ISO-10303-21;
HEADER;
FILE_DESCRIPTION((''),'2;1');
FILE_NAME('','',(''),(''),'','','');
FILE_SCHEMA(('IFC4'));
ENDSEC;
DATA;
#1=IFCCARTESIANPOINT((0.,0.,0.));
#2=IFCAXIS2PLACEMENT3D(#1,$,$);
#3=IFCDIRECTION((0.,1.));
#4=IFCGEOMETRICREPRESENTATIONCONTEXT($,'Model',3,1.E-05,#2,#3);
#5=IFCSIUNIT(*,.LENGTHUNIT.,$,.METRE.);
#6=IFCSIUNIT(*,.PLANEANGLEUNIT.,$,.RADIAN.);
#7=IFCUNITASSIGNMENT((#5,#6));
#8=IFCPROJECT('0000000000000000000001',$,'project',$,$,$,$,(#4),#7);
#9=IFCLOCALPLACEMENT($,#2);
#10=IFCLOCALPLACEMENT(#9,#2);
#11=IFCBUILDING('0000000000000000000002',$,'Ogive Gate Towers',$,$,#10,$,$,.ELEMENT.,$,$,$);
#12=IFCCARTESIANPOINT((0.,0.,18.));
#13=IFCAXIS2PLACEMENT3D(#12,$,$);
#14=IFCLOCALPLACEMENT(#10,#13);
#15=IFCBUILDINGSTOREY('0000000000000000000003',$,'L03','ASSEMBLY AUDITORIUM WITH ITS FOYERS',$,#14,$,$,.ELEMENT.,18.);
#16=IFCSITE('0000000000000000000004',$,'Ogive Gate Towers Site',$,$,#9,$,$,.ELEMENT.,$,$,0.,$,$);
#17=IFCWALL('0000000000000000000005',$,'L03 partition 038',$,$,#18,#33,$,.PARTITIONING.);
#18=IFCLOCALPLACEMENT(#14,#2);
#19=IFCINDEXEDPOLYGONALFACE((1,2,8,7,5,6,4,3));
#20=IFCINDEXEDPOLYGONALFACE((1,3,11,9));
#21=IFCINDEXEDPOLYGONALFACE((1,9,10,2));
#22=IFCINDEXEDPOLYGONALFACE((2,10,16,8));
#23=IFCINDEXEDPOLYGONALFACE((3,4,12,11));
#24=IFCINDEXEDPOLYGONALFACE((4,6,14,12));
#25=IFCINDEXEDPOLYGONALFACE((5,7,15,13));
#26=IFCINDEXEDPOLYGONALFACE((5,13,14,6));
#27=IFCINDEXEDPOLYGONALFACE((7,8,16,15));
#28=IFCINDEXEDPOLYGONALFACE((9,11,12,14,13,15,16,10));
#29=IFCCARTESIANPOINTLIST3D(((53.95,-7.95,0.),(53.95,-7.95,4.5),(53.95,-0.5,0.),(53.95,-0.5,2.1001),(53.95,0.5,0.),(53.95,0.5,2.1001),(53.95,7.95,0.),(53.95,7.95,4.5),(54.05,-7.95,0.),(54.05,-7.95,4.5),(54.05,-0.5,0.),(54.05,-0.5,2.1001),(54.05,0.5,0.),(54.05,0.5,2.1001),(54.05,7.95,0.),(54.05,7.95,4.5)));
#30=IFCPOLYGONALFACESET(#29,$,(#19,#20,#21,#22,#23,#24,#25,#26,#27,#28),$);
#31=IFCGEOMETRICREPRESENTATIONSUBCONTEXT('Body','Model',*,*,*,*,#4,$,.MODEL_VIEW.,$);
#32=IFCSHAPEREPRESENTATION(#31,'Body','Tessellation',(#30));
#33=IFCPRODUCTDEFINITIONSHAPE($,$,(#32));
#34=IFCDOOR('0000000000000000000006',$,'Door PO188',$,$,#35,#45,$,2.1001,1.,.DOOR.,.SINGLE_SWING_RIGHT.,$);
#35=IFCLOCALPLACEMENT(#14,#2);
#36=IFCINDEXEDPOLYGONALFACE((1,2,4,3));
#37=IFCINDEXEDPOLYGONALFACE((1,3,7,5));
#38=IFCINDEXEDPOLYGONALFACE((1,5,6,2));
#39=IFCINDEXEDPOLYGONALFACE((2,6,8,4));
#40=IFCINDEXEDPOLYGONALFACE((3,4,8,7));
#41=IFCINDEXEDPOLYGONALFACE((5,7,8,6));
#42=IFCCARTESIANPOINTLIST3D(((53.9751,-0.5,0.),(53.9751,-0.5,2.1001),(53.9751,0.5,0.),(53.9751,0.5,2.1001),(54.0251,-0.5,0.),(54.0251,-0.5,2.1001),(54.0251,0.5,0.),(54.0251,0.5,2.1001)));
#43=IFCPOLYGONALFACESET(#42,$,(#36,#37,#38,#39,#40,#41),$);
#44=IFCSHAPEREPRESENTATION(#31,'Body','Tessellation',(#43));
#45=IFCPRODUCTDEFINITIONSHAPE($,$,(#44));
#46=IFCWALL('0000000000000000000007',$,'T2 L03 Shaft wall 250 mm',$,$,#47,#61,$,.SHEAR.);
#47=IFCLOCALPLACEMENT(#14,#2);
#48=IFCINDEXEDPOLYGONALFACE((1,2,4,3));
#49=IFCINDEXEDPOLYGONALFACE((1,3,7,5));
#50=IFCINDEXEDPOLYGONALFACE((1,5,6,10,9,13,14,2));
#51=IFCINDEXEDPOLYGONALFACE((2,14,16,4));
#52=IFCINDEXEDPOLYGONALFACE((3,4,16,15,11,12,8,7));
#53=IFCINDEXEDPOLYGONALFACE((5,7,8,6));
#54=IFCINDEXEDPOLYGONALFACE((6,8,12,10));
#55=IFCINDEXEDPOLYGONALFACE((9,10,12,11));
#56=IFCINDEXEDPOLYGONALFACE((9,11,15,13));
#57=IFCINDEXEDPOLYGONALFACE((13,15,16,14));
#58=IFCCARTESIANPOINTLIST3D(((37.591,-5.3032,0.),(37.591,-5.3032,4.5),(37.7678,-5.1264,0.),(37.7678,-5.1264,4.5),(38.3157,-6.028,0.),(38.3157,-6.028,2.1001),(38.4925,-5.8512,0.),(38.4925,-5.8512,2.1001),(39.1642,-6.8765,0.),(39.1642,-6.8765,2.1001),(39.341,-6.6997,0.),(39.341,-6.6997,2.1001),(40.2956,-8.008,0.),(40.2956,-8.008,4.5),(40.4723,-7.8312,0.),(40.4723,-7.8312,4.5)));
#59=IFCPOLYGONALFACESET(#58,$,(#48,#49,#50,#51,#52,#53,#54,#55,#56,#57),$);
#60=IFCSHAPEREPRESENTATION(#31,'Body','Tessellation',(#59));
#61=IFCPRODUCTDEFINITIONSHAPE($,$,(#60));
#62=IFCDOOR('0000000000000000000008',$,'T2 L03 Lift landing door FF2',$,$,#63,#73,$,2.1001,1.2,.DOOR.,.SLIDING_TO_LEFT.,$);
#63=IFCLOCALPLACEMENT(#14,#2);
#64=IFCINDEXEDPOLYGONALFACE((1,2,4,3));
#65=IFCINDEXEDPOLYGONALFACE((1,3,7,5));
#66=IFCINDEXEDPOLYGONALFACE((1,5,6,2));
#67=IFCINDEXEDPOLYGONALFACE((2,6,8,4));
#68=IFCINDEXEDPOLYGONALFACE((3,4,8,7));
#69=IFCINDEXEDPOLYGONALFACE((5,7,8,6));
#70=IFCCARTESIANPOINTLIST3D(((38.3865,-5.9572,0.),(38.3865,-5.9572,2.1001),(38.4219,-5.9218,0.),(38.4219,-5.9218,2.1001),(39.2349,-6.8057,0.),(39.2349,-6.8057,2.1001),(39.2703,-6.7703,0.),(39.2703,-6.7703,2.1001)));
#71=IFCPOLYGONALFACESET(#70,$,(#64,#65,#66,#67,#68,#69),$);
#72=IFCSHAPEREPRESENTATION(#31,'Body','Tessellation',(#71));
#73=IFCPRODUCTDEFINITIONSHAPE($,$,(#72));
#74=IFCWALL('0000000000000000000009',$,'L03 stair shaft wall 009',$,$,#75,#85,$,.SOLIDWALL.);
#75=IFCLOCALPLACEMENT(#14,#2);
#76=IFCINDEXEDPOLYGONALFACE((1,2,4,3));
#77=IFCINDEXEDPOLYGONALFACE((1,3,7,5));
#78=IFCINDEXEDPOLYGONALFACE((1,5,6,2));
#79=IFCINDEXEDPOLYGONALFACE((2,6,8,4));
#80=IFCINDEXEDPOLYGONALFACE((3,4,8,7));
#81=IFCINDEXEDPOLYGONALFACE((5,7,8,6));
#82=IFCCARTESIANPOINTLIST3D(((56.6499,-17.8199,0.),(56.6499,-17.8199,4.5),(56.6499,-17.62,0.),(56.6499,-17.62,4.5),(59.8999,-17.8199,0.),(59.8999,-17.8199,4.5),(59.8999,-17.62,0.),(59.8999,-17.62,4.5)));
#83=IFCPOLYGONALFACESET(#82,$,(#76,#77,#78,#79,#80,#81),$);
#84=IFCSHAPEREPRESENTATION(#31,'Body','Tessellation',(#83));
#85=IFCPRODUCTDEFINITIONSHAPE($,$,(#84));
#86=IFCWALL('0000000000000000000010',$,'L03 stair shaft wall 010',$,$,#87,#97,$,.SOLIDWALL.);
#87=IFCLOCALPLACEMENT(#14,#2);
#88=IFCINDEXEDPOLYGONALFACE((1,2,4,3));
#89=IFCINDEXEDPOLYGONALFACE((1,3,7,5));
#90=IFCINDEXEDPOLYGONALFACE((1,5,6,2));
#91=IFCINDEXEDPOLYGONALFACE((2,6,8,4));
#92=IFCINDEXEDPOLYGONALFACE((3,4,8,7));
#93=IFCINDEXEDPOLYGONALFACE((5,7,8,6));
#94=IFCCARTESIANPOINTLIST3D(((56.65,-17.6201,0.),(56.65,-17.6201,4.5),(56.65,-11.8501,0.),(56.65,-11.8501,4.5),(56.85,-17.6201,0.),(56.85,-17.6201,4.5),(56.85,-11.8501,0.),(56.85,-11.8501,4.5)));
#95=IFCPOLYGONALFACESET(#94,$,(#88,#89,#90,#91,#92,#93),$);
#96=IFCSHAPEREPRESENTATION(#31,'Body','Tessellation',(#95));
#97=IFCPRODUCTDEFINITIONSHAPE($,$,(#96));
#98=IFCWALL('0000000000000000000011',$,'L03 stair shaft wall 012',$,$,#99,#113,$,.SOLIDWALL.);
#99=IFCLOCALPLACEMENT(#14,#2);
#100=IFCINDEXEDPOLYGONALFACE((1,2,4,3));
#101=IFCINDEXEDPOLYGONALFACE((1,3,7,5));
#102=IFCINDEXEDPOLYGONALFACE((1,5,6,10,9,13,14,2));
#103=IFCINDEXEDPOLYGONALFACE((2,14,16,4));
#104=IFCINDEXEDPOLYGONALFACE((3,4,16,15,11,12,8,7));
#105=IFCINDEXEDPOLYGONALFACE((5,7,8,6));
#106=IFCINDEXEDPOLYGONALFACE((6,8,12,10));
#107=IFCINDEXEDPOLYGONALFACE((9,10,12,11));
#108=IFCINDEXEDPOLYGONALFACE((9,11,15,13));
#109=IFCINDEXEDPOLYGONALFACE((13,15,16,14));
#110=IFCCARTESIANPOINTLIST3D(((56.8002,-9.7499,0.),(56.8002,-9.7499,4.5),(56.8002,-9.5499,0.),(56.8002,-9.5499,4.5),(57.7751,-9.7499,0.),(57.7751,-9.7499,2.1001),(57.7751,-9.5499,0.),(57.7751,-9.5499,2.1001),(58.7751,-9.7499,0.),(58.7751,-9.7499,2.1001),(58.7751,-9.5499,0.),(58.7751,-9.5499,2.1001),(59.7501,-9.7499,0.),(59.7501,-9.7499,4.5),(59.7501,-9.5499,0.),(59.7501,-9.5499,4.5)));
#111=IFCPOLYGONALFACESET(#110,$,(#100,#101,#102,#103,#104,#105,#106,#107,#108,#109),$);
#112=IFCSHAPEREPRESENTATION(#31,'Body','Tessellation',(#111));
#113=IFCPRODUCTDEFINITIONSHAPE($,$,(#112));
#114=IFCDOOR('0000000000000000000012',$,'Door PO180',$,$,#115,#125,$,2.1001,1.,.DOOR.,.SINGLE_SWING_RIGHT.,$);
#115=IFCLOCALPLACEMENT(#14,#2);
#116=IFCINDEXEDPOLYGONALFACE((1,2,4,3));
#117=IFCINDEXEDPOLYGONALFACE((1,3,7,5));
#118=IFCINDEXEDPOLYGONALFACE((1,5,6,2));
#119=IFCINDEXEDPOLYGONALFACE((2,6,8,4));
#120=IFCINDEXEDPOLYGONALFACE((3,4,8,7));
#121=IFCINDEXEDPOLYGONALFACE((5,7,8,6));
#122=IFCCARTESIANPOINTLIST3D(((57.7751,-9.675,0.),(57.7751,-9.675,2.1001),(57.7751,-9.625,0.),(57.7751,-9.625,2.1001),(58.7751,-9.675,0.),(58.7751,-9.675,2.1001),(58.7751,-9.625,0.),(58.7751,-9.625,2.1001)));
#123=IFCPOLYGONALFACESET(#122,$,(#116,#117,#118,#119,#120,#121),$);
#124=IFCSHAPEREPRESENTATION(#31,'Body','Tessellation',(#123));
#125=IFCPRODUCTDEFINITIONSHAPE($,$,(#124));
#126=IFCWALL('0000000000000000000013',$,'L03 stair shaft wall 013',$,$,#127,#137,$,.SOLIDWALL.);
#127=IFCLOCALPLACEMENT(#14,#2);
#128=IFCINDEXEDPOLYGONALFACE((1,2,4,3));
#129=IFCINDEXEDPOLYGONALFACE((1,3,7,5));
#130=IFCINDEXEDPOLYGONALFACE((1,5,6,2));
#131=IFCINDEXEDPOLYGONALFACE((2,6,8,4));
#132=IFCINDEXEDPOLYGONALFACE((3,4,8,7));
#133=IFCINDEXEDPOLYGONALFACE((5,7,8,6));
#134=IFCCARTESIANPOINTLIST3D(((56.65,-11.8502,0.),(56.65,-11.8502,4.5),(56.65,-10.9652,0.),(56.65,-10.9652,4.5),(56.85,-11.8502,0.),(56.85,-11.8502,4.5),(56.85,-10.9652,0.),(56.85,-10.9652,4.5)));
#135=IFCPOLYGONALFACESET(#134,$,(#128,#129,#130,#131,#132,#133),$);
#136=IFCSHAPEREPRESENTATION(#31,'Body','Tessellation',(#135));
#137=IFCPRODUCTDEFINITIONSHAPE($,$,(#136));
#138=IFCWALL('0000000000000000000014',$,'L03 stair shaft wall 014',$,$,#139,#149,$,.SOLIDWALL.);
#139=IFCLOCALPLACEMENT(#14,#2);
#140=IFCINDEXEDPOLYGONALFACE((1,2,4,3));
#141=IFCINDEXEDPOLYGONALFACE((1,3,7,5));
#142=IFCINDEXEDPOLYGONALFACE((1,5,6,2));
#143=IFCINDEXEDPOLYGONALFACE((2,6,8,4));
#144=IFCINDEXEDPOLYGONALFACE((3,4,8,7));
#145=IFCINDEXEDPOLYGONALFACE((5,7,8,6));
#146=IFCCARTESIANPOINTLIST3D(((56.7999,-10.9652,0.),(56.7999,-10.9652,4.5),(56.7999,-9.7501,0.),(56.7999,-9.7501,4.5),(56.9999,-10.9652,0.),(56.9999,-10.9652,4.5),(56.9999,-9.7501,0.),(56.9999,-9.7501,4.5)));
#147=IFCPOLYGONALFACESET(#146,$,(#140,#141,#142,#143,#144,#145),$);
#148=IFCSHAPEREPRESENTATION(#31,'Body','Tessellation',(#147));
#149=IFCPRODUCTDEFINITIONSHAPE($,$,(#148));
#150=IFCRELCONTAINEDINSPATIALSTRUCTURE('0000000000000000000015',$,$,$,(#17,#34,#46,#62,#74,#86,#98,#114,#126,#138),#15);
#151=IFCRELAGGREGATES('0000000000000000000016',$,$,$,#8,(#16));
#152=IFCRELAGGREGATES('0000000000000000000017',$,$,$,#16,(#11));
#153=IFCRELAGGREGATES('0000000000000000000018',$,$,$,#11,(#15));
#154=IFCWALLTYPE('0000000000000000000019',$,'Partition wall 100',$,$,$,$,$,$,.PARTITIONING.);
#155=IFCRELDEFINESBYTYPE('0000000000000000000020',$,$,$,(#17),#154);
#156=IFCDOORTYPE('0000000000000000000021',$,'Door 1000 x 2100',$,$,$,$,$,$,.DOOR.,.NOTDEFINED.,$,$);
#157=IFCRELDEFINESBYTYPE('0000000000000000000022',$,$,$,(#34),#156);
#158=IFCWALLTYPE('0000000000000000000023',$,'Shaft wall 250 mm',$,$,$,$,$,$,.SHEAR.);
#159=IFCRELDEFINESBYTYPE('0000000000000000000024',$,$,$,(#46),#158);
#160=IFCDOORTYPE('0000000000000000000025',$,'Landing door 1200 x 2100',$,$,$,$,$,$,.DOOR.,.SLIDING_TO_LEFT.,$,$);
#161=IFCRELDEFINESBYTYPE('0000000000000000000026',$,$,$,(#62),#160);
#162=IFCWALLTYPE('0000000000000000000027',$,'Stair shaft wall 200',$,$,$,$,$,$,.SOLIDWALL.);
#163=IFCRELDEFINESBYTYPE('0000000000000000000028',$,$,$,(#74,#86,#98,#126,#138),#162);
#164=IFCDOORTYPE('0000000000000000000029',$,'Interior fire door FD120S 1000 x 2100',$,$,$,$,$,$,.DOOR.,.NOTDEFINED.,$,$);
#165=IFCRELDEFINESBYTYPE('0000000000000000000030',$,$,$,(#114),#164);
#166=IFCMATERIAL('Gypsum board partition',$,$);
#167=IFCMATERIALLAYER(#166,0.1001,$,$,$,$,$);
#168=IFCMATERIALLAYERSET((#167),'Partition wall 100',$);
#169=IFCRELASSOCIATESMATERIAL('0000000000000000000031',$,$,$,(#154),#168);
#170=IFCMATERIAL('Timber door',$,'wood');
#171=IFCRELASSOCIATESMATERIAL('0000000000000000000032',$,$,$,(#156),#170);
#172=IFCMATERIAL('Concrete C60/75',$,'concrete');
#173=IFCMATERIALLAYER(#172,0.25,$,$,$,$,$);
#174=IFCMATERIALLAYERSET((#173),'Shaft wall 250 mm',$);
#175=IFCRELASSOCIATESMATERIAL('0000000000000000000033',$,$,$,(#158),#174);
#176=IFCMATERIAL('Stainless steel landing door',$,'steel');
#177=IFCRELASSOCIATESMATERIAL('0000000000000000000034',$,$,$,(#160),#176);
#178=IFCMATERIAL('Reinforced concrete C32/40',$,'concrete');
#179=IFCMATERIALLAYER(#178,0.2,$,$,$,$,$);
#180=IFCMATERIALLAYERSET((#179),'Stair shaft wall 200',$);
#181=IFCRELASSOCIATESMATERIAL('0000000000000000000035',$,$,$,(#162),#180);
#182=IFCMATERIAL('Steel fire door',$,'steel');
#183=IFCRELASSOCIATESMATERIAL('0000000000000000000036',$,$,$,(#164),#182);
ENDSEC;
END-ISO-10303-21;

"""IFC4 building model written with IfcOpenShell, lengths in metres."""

from ifc_helpers import new_model, si_unit, direction, frame, frame_2d, origin, place, context, subcontext, project, spatial, rectangle, extrude, material, layer, layer_set, type_object, element, fill, save


model = new_model("IFC4")

# Units and contexts
model_context = context("Model", 3, precision=1e-05, world=origin(), true_north=direction((0.0, 1.0)))
body_context = subcontext(model_context, "Body", "Model", "MODEL_VIEW")
ifc_project = project(units=[si_unit("LENGTHUNIT", "METRE"), si_unit("PLANEANGLEUNIT", "RADIAN")], contexts=[model_context])

# Site, building, storey
site_placement = place(None, origin())
site = spatial("IfcSite", under=ifc_project, at=site_placement, Name="Ogive Gate Towers Site", CompositionType="ELEMENT", RefElevation=0.0)
building_placement = place(site_placement, origin())
building = spatial("IfcBuilding", under=site, at=building_placement, Name="Ogive Gate Towers", CompositionType="ELEMENT")
storey_placement = place(building_placement, frame((0.0, 0.0, 18.0)))
storey = spatial("IfcBuildingStorey", under=building, at=storey_placement, Name="L03", Description="ASSEMBLY AUDITORIUM WITH ITS FOYERS", CompositionType="ELEMENT", Elevation=18.0)

# Shared definitions
ifc_material_1 = material(Name="Gypsum board partition")
ifc_layer_1 = layer(ifc_material_1, 0.1001)
ifc_layer_set_1 = layer_set([ifc_layer_1], Name="Partition wall 100")
wall_type_1 = type_object("IfcWallType", Name="Partition wall 100", PredefinedType="PARTITIONING", material=ifc_layer_set_1)

# Walls, openings, doors
wall_1_placement = place(storey_placement, frame((54.0, -7.95, 0.0), z_axis=(0.0, 0.0, 1.0), x_axis=(0.0, 1.0, 0.0)))
wall_1 = element("IfcWall", 1, at=wall_1_placement, inside=storey, type_object=wall_type_1, Name="L03 partition 038", PredefinedType="PARTITIONING", context=body_context, shape_type="SweptSolid", body=[
    extrude(rectangle(XDim=15.8999, YDim=0.1001, at=frame_2d((7.95, 0.0))), origin(), (0.0, 0.0, 1.0), 4.5),
])
opening_1_placement = place(wall_1_placement, frame((7.45, 0.0, 0.0)))
opening_1 = element("IfcOpeningElement", 2, at=opening_1_placement, cuts=wall_1, PredefinedType="OPENING", context=body_context, shape_type="SweptSolid", body=[
    extrude(rectangle(XDim=1.0, YDim=2.1001, at=frame_2d((0.5, 1.05))), frame((0.0, 0.0601, 0.0), z_axis=(0.0, -1.0, 0.0), x_axis=(1.0, 0.0, 0.0)), (0.0, 0.0, 1.0), 0.1201),
])
ifc_material_2 = material(Name="Timber door", Category="wood")
door_type_1 = type_object("IfcDoorType", Name="Door 1000 x 2100", OperationType="NOTDEFINED", PredefinedType="DOOR", material=ifc_material_2)
door_1_placement = place(opening_1_placement, origin())
door_1 = element("IfcDoor", 3, at=door_1_placement, inside=storey, type_object=door_type_1, Name="Door PO188", OperationType="SINGLE_SWING_RIGHT", OverallHeight=2.1001, OverallWidth=1.0, PredefinedType="DOOR", context=body_context, shape_type="SweptSolid", body=[
    extrude(rectangle(XDim=1.0, YDim=2.1001, at=frame_2d((0.5, 1.05))), frame((0.0, 0.0249, 0.0), z_axis=(0.0, -1.0, 0.0), x_axis=(1.0, 0.0, 0.0)), (0.0, 0.0, 1.0), 0.05),
])
fill(opening_1, door_1)
ifc_material_3 = material(Name="Concrete C60/75", Category="concrete")
ifc_layer_2 = layer(ifc_material_3, 0.25)
ifc_layer_set_2 = layer_set([ifc_layer_2], Name="Shaft wall 250 mm")
wall_type_2 = type_object("IfcWallType", Name="Shaft wall 250 mm", PredefinedType="SHEAR", material=ifc_layer_set_2)
wall_2_placement = place(storey_placement, frame((40.384, -7.9197, 0.0), z_axis=(0.0, 0.0, 1.0), x_axis=(-0.707075, 0.707139, 0.0)))
wall_2 = element("IfcWall", 4, at=wall_2_placement, inside=storey, type_object=wall_type_2, Name="T2 L03 Shaft wall 250 mm", PredefinedType="SHEAR", context=body_context, shape_type="SweptSolid", body=[
    extrude(rectangle(XDim=3.825, YDim=0.25, at=frame_2d((1.9126, 0.0))), origin(), (0.0, 0.0, 1.0), 4.5),
])
opening_2_placement = place(wall_2_placement, frame((1.6001, 0.0, 0.0)))
opening_2 = element("IfcOpeningElement", 5, at=opening_2_placement, cuts=wall_2, PredefinedType="OPENING", context=body_context, shape_type="SweptSolid", body=[
    extrude(rectangle(XDim=1.2, YDim=2.1001, at=frame_2d((0.6001, 1.05))), frame((0.0, 0.135, 0.0), z_axis=(0.0, -1.0, 0.0), x_axis=(1.0, 0.0, 0.0)), (0.0, 0.0, 1.0), 0.27),
])
ifc_material_4 = material(Name="Stainless steel landing door", Category="steel")
door_type_2 = type_object("IfcDoorType", Name="Landing door 1200 x 2100", OperationType="SLIDING_TO_LEFT", PredefinedType="DOOR", material=ifc_material_4)
door_2_placement = place(opening_2_placement, origin())
door_2 = element("IfcDoor", 6, at=door_2_placement, inside=storey, type_object=door_type_2, Name="T2 L03 Lift landing door FF2", OperationType="SLIDING_TO_LEFT", OverallHeight=2.1001, OverallWidth=1.2, PredefinedType="DOOR", context=body_context, shape_type="SweptSolid", body=[
    extrude(rectangle(XDim=1.2, YDim=2.1001, at=frame_2d((0.6001, 1.05))), frame((0.0, 0.0249, 0.0), z_axis=(0.0, -1.0, 0.0), x_axis=(1.0, 0.0, 0.0)), (0.0, 0.0, 1.0), 0.05),
])
fill(opening_2, door_2)

# Walls
ifc_material_5 = material(Name="Reinforced concrete C32/40", Category="concrete")
ifc_layer_3 = layer(ifc_material_5, 0.2)
ifc_layer_set_3 = layer_set([ifc_layer_3], Name="Stair shaft wall 200")
wall_type_3 = type_object("IfcWallType", Name="Stair shaft wall 200", PredefinedType="SOLIDWALL", material=ifc_layer_set_3)
wall_3_placement = place(storey_placement, frame((56.6499, -17.72, 0.0), z_axis=(0.0, 0.0, 1.0), x_axis=(1.0, 0.0, 0.0)))
element("IfcWall", 7, at=wall_3_placement, inside=storey, type_object=wall_type_3, Name="L03 stair shaft wall 009", PredefinedType="SOLIDWALL", context=body_context, shape_type="SweptSolid", body=[
    extrude(rectangle(XDim=3.25, YDim=0.2, at=frame_2d((1.625, 0.0))), origin(), (0.0, 0.0, 1.0), 4.5),
])
wall_4_placement = place(storey_placement, frame((56.75, -17.6201, 0.0), z_axis=(0.0, 0.0, 1.0), x_axis=(0.0, 1.0, 0.0)))
element("IfcWall", 8, at=wall_4_placement, inside=storey, type_object=wall_type_3, Name="L03 stair shaft wall 010", PredefinedType="SOLIDWALL", context=body_context, shape_type="SweptSolid", body=[
    extrude(rectangle(XDim=5.77, YDim=0.2, at=frame_2d((2.885, 0.0))), origin(), (0.0, 0.0, 1.0), 4.5),
])

# Wall, opening, door
wall_5_placement = place(storey_placement, frame((56.8, -9.6499, 0.0), z_axis=(0.0, 0.0, 1.0), x_axis=(1.0, 0.0, 0.0)))
wall_5 = element("IfcWall", 9, at=wall_5_placement, inside=storey, type_object=wall_type_3, Name="L03 stair shaft wall 012", PredefinedType="SOLIDWALL", context=body_context, shape_type="SweptSolid", body=[
    extrude(rectangle(XDim=2.95, YDim=0.2, at=frame_2d((1.4751, 0.0))), origin(), (0.0, 0.0, 1.0), 4.5),
])
opening_3_placement = place(wall_5_placement, frame((0.9751, 0.0, 0.0)))
opening_3 = element("IfcOpeningElement", 10, at=opening_3_placement, cuts=wall_5, PredefinedType="OPENING", context=body_context, shape_type="SweptSolid", body=[
    extrude(rectangle(XDim=1.0, YDim=2.1001, at=frame_2d((0.5, 1.05))), frame((0.0, 0.1099, 0.0), z_axis=(0.0, -1.0, 0.0), x_axis=(1.0, 0.0, 0.0)), (0.0, 0.0, 1.0), 0.22),
])
ifc_material_6 = material(Name="Steel fire door", Category="steel")
door_type_3 = type_object("IfcDoorType", Name="Interior fire door FD120S 1000 x 2100", OperationType="NOTDEFINED", PredefinedType="DOOR", material=ifc_material_6)
door_3_placement = place(opening_3_placement, origin())
door_3 = element("IfcDoor", 11, at=door_3_placement, inside=storey, type_object=door_type_3, Name="Door PO180", OperationType="SINGLE_SWING_RIGHT", OverallHeight=2.1001, OverallWidth=1.0, PredefinedType="DOOR", context=body_context, shape_type="SweptSolid", body=[
    extrude(rectangle(XDim=1.0, YDim=2.1001, at=frame_2d((0.5, 1.05))), frame((0.0, 0.0249, 0.0), z_axis=(0.0, -1.0, 0.0), x_axis=(1.0, 0.0, 0.0)), (0.0, 0.0, 1.0), 0.05),
])
fill(opening_3, door_3)

# Walls
wall_6_placement = place(storey_placement, frame((56.75, -11.8501, 0.0), z_axis=(0.0, 0.0, 1.0), x_axis=(0.0, 1.0, 0.0)))
element("IfcWall", 12, at=wall_6_placement, inside=storey, type_object=wall_type_3, Name="L03 stair shaft wall 013", PredefinedType="SOLIDWALL", context=body_context, shape_type="SweptSolid", body=[
    extrude(rectangle(XDim=0.885, YDim=0.2, at=frame_2d((0.4424, 0.0))), origin(), (0.0, 0.0, 1.0), 4.5),
])
wall_7_placement = place(storey_placement, frame((56.8999, -10.9651, 0.0), z_axis=(0.0, 0.0, 1.0), x_axis=(0.0, 1.0, 0.0)))
element("IfcWall", 13, at=wall_7_placement, inside=storey, type_object=wall_type_3, Name="L03 stair shaft wall 014", PredefinedType="SOLIDWALL", context=body_context, shape_type="SweptSolid", body=[
    extrude(rectangle(XDim=1.2151, YDim=0.2, at=frame_2d((0.6074, 0.0))), origin(), (0.0, 0.0, 1.0), 4.5),
])

save(model, "model.ifc")
